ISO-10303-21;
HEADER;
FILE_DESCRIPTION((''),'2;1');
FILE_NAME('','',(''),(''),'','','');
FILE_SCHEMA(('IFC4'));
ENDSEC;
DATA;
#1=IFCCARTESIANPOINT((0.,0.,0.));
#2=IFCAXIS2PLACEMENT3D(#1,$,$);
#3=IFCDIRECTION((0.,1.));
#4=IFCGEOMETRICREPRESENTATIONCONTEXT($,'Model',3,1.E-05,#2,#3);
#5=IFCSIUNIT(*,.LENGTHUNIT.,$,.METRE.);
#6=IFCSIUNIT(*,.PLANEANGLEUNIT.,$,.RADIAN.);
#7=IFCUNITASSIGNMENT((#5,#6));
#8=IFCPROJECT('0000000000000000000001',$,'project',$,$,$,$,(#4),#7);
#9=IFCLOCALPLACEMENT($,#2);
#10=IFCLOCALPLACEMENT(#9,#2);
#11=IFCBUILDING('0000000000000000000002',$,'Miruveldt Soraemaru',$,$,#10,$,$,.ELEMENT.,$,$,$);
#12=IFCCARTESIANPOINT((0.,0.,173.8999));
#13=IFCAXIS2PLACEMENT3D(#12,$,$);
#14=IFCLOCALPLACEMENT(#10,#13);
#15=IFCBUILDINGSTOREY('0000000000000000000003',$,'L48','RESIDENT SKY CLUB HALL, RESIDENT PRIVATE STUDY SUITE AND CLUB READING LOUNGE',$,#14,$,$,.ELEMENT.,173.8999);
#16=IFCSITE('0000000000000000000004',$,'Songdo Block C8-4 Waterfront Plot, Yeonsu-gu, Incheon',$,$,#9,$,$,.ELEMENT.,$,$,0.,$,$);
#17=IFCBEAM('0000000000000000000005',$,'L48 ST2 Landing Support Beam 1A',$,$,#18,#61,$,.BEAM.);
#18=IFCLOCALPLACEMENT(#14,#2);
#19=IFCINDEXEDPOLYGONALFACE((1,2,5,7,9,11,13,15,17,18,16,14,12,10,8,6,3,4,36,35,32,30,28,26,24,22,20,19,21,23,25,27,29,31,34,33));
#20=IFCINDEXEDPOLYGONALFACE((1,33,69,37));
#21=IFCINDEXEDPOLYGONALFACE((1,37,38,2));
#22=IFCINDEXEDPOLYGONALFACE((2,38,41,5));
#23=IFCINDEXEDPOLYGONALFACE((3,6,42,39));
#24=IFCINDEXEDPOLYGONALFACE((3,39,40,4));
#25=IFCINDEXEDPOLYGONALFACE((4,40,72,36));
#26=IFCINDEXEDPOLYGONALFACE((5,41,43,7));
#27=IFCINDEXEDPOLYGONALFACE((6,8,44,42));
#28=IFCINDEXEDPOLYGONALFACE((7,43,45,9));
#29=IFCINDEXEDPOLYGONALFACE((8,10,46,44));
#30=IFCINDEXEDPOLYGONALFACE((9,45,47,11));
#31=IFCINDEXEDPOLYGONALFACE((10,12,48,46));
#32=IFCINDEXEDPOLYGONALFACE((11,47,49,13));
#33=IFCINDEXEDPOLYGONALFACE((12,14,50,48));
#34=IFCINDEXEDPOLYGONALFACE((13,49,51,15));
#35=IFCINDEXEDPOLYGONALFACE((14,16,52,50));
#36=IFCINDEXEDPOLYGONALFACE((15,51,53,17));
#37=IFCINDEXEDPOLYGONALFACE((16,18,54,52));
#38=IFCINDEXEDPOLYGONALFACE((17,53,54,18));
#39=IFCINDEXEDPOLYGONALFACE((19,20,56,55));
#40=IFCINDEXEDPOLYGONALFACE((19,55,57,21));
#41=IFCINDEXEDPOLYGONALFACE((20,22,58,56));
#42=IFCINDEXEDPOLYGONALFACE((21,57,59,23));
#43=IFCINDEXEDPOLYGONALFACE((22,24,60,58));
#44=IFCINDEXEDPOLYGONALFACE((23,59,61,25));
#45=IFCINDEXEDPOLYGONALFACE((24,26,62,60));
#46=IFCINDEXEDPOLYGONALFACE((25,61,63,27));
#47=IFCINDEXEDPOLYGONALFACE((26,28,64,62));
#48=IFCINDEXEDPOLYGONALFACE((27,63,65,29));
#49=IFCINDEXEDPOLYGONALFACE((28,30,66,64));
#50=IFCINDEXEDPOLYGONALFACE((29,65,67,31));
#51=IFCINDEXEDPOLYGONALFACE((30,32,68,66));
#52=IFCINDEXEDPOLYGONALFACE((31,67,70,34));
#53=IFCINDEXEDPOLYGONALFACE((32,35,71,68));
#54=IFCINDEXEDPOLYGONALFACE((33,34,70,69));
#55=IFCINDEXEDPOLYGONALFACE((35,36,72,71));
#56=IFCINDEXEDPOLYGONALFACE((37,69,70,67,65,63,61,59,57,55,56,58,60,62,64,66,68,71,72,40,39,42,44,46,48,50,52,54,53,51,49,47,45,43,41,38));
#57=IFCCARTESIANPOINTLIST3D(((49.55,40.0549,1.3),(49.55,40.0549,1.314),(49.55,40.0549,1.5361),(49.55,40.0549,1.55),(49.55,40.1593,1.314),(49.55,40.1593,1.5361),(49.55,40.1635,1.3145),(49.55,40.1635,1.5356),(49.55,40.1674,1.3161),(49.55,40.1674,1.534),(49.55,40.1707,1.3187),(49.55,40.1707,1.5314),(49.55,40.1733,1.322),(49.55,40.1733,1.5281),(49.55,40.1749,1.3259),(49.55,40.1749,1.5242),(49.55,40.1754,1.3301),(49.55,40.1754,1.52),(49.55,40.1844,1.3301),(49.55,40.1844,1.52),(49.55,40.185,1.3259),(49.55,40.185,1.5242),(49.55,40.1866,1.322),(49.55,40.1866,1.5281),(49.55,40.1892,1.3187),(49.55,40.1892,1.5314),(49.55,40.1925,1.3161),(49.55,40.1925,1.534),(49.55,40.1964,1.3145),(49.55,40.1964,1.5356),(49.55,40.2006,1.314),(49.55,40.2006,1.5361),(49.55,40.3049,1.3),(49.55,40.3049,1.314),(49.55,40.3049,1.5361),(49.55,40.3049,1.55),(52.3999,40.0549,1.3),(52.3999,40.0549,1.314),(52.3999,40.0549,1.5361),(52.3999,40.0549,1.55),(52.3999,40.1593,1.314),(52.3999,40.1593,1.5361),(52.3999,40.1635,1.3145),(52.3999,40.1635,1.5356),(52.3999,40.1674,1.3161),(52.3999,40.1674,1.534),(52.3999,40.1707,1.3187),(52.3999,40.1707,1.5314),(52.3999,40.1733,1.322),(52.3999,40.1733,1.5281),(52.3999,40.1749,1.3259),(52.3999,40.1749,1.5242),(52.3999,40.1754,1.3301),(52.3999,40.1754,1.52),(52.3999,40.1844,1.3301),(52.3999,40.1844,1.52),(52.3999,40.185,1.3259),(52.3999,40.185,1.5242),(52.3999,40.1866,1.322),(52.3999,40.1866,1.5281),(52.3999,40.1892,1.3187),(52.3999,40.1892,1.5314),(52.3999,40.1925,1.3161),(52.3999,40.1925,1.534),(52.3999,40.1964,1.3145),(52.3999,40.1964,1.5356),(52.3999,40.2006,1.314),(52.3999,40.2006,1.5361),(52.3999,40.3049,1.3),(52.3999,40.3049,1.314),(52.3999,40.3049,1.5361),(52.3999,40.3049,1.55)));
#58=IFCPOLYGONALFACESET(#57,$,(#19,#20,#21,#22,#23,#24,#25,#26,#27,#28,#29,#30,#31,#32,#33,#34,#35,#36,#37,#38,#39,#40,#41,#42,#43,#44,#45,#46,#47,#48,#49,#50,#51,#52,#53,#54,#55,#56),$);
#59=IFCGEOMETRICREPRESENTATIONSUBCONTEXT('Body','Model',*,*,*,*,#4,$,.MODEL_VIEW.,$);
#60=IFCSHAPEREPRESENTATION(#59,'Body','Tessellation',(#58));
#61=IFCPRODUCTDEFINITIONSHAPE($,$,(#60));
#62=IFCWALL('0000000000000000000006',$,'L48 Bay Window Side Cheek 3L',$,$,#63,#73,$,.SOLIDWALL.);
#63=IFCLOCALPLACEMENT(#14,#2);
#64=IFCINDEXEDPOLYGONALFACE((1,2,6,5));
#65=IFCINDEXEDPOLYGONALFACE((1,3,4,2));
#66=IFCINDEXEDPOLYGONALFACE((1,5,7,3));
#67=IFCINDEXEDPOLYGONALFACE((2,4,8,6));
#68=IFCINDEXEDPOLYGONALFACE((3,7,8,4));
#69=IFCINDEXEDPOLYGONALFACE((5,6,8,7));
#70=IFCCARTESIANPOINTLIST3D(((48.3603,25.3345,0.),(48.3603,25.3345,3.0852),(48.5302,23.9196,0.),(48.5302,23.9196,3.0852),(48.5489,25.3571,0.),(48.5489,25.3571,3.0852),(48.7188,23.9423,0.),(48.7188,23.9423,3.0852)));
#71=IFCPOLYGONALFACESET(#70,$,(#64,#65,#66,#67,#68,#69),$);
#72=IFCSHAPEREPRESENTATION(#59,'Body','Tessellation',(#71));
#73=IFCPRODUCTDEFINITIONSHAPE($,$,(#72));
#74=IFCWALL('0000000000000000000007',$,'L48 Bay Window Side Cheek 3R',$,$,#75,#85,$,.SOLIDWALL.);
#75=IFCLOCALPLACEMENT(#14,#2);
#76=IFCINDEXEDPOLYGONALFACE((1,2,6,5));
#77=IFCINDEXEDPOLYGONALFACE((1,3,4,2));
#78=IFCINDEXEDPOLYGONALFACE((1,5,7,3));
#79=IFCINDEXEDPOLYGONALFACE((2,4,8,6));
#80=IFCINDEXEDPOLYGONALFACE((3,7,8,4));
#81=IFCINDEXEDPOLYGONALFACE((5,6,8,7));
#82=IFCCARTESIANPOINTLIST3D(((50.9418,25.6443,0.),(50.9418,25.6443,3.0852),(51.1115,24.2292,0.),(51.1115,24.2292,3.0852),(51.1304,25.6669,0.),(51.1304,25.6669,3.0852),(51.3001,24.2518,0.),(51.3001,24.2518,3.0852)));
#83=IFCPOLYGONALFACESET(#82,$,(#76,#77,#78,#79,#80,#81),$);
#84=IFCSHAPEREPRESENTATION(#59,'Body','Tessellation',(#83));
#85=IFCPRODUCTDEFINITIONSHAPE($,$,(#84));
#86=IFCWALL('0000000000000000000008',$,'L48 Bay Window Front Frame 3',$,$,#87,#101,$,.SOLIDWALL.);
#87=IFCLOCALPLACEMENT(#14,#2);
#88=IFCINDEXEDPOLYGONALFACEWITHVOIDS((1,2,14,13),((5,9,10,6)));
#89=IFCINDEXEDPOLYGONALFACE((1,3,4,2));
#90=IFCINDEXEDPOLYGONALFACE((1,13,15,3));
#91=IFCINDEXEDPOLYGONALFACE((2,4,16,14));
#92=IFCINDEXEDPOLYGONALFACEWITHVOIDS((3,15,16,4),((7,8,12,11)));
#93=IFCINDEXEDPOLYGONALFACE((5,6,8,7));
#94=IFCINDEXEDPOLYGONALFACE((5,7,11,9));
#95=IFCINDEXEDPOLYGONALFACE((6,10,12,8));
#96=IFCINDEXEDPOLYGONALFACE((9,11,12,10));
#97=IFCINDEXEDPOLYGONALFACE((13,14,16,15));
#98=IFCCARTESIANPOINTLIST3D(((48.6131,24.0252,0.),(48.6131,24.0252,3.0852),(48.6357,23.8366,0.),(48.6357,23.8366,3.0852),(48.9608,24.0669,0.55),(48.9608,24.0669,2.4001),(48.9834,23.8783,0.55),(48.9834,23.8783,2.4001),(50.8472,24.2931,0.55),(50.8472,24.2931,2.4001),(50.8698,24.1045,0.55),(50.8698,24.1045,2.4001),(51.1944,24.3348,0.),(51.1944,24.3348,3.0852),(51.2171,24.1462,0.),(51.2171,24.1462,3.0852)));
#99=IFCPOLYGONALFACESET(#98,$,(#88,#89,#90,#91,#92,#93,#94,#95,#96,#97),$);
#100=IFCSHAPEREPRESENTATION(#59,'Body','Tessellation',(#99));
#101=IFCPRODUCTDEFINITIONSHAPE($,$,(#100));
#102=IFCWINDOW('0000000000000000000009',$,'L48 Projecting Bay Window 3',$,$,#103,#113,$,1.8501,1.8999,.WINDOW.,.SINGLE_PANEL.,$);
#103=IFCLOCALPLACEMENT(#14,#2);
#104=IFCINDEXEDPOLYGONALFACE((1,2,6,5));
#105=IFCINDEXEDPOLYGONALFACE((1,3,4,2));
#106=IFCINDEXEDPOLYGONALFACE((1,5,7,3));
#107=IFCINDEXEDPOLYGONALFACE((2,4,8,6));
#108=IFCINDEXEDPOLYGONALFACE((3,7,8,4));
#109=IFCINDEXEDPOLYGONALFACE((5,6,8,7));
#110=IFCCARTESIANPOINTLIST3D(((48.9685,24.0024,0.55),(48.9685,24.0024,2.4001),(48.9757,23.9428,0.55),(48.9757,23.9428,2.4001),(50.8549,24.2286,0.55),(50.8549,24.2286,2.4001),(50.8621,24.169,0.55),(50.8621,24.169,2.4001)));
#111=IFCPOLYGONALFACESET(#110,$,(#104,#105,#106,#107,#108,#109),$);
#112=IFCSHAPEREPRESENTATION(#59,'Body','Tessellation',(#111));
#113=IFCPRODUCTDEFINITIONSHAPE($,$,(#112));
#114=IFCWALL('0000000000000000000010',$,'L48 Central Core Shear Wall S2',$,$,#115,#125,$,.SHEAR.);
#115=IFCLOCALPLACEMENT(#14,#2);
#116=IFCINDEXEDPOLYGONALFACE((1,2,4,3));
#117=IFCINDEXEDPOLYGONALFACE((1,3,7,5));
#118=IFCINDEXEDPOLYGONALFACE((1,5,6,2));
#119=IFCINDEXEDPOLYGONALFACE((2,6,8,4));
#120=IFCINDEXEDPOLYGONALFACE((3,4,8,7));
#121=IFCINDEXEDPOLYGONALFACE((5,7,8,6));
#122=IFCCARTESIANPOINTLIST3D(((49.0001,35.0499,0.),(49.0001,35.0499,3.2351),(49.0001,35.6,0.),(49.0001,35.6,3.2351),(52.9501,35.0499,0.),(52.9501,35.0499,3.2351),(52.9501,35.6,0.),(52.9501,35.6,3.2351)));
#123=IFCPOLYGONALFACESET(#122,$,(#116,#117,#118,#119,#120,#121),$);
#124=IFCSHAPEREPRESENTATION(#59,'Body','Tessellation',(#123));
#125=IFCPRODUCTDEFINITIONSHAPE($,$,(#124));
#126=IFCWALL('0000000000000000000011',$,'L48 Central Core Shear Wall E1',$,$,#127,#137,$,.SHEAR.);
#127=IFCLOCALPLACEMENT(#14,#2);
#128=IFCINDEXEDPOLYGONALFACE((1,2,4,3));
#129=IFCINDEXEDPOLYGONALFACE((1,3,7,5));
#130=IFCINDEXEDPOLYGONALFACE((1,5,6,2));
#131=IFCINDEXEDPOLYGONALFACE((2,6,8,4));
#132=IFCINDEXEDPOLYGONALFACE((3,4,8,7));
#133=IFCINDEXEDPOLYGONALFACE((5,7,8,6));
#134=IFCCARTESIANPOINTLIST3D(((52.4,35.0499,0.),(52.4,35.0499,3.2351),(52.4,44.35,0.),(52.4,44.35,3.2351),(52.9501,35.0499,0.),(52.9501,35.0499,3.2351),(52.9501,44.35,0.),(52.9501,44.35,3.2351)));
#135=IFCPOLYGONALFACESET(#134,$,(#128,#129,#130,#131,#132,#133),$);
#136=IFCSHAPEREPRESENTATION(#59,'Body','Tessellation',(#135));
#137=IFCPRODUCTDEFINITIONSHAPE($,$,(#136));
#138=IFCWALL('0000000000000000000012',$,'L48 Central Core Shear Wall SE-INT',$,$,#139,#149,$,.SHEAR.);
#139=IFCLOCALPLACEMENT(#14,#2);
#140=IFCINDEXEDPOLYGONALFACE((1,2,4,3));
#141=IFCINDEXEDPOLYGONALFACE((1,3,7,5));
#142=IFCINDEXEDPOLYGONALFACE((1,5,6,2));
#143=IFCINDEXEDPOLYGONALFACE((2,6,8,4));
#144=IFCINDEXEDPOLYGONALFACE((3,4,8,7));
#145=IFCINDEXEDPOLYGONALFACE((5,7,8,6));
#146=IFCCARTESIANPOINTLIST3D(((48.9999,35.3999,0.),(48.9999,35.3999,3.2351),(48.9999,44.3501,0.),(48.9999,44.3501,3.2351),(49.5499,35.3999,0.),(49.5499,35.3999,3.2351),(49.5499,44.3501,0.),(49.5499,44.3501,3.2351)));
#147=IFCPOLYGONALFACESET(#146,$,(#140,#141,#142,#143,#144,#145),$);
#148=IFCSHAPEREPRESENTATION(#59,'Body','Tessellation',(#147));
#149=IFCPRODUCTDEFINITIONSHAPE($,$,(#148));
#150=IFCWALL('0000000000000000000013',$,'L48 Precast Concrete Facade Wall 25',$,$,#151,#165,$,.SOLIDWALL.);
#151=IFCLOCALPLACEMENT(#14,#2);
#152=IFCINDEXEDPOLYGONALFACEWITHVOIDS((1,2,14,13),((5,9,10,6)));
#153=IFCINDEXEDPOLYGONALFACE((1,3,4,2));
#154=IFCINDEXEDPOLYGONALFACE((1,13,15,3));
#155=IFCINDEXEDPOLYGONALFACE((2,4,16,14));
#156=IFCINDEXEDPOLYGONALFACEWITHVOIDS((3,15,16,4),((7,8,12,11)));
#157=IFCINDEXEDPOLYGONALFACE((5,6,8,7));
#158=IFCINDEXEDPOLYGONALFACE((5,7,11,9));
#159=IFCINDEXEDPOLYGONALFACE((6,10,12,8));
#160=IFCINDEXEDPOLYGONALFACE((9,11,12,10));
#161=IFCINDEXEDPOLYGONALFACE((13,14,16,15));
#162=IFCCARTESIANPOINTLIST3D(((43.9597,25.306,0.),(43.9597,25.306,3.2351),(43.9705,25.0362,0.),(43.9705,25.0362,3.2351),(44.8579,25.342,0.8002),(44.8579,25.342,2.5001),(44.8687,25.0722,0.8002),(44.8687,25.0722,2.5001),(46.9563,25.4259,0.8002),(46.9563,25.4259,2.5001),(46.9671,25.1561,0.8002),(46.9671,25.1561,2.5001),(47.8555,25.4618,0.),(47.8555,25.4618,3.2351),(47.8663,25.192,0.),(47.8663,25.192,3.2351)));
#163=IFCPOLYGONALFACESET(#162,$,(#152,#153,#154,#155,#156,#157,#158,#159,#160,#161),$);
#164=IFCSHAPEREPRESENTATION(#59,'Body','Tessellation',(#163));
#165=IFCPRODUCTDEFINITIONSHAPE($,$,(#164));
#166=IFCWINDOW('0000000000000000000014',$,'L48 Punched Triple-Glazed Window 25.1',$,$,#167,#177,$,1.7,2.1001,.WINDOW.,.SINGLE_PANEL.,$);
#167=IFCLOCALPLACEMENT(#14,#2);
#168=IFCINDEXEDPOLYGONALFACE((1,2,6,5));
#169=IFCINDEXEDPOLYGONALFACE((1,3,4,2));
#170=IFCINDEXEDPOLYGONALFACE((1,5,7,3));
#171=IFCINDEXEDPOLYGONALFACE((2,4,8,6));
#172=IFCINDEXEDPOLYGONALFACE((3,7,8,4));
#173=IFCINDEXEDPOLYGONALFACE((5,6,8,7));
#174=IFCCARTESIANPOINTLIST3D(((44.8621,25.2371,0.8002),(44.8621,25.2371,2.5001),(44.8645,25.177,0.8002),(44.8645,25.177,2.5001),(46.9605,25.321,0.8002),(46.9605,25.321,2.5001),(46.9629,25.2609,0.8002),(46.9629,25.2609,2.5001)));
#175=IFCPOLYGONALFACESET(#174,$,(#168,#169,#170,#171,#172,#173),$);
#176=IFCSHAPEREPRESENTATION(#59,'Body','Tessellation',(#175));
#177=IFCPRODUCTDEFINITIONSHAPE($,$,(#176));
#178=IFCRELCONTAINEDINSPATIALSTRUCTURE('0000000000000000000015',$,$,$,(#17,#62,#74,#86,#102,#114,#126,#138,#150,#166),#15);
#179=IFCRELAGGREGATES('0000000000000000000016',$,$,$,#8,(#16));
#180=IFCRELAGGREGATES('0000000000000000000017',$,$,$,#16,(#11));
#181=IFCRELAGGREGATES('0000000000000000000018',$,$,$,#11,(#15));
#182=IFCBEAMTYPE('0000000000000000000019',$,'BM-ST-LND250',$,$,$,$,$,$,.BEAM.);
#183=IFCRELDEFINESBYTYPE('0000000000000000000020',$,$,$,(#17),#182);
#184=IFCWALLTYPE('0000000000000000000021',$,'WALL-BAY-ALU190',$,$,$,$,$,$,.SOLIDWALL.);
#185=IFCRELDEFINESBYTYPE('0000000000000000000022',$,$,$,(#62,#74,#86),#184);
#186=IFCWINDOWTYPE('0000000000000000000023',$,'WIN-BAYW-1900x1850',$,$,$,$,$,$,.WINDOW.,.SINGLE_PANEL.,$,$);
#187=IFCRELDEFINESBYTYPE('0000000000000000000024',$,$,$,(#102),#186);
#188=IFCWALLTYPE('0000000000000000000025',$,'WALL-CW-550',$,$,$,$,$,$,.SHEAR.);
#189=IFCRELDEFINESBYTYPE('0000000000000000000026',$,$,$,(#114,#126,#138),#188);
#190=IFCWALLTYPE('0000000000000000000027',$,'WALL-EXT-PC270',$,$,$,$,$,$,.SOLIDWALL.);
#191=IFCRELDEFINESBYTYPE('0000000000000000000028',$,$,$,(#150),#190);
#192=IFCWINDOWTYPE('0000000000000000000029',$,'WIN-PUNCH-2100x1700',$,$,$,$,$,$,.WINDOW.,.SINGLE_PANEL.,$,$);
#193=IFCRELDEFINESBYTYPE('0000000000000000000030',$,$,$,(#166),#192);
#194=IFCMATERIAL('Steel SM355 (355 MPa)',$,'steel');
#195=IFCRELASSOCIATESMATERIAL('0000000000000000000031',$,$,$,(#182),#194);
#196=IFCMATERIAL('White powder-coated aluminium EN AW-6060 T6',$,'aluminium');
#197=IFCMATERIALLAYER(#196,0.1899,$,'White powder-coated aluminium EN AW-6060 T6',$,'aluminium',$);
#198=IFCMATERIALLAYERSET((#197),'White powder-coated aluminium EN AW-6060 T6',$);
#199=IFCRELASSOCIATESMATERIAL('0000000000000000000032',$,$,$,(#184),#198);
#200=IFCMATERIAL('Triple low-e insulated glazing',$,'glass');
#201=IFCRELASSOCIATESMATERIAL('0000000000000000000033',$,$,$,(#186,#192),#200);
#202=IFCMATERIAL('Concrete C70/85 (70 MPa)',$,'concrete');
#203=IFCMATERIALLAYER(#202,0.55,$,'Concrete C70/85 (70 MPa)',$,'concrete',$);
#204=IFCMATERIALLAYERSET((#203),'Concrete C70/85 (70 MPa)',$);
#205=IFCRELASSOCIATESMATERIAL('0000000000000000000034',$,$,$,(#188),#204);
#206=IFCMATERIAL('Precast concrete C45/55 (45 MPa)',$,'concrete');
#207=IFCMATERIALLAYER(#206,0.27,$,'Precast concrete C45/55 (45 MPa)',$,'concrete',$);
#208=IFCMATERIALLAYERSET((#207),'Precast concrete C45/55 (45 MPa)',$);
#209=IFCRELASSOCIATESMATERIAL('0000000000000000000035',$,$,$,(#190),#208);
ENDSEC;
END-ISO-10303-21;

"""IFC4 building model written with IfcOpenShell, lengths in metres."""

from ifc_helpers import new_model, si_unit, direction, frame, frame_2d, origin, origin_2d, place, context, subcontext, project, spatial, rectangle, i_section, extrude, material, layer, layer_set, material_profile, profile_set, type_object, element, fill, save


model = new_model("IFC4")

# Units and contexts
model_context = context("Model", 3, precision=1e-05, world=origin(), true_north=direction((0.0, 1.0)))
body_context = subcontext(model_context, "Body", "Model", "MODEL_VIEW")
ifc_project = project(units=[si_unit("LENGTHUNIT", "METRE"), si_unit("PLANEANGLEUNIT", "RADIAN")], contexts=[model_context])

# Site, building, storey
site_placement = place(None, origin())
site = spatial("IfcSite", under=ifc_project, at=site_placement, Name="Songdo Block C8-4 Waterfront Plot, Yeonsu-gu, Incheon", CompositionType="ELEMENT", RefElevation=0.0)
building_placement = place(site_placement, origin())
building = spatial("IfcBuilding", under=site, at=building_placement, Name="Miruveldt Soraemaru", CompositionType="ELEMENT")
storey_placement = place(building_placement, frame((0.0, 0.0, 173.8999)))
storey = spatial("IfcBuildingStorey", under=building, at=storey_placement, Name="L48", Description="RESIDENT SKY CLUB HALL, RESIDENT PRIVATE STUDY SUITE AND CLUB READING LOUNGE", CompositionType="ELEMENT", Elevation=173.8999)

# Shared definitions
ifc_material_1 = material(Name="Concrete C70/85 (70 MPa)", Category="concrete")

# Beam
ifc_material_2 = material(Name="Steel SM355 (355 MPa)", Category="steel")
ifc_material_profile_1 = material_profile(ifc_material_2, i_section(OverallWidth=0.25, OverallDepth=0.25, WebThickness=0.009, FlangeThickness=0.0139, FilletRadius=0.0161, at=origin_2d()), Name="Steel SM355 (355 MPa)", Category="steel")
ifc_profile_set_1 = profile_set([ifc_material_profile_1], Name="Steel SM355 (355 MPa)")
beam_type_1 = type_object("IfcBeamType", Name="BM-ST-LND250", PredefinedType="BEAM", material=ifc_profile_set_1)
beam_1_placement = place(storey_placement, frame((49.55, 40.1799, 1.425), z_axis=(1.0, 0.0, 0.0), x_axis=(0.0, 1.0, 0.0)))
element("IfcBeam", 1, at=beam_1_placement, inside=storey, type_object=beam_type_1, Name="L48 ST2 Landing Support Beam 1A", PredefinedType="BEAM", context=body_context, shape_type="SweptSolid", body=[
    extrude(i_section(OverallWidth=0.25, OverallDepth=0.25, WebThickness=0.009, FlangeThickness=0.0139, FilletRadius=0.0161, at=origin_2d()), origin(), (0.0, 0.0, 1.0), 2.8499),
])

# Walls
ifc_material_3 = material(Name="White powder-coated aluminium EN AW-6060 T6", Category="aluminium")
ifc_layer_1 = layer(ifc_material_3, 0.1899, Name="White powder-coated aluminium EN AW-6060 T6", Category="aluminium")
ifc_layer_set_1 = layer_set([ifc_layer_1], Name="White powder-coated aluminium EN AW-6060 T6")
wall_type_1 = type_object("IfcWallType", Name="WALL-BAY-ALU190", PredefinedType="SOLIDWALL", material=ifc_layer_set_1)
wall_1_placement = place(storey_placement, frame((48.4546, 25.3457, 0.0), z_axis=(0.0, 0.0, 1.0), x_axis=(0.119247, -0.992865, 0.0)))
element("IfcWall", 2, at=wall_1_placement, inside=storey, type_object=wall_type_1, Name="L48 Bay Window Side Cheek 3L", PredefinedType="SOLIDWALL", context=body_context, shape_type="SweptSolid", body=[
    extrude(rectangle(XDim=1.425, YDim=0.1899, at=frame_2d((0.7124, 0.0))), origin(), (0.0, 0.0, 1.0), 3.0852),
])
wall_2_placement = place(storey_placement, frame((51.2058, 24.2405, 0.0), z_axis=(0.0, 0.0, 1.0), x_axis=(-0.119057, 0.992887, 0.0)))
element("IfcWall", 3, at=wall_2_placement, inside=storey, type_object=wall_type_1, Name="L48 Bay Window Side Cheek 3R", PredefinedType="SOLIDWALL", context=body_context, shape_type="SweptSolid", body=[
    extrude(rectangle(XDim=1.4253, YDim=0.1899, at=frame_2d((0.7126, 0.0))), origin(), (0.0, 0.0, 1.0), 3.0852),
])

# Wall, opening, window
wall_3_placement = place(storey_placement, frame((48.6245, 23.9309, 0.0), z_axis=(0.0, 0.0, 1.0), x_axis=(0.992885, 0.119075, 0.0)))
wall_3 = element("IfcWall", 4, at=wall_3_placement, inside=storey, type_object=wall_type_1, Name="L48 Bay Window Front Frame 3", PredefinedType="SOLIDWALL", context=body_context, shape_type="SweptSolid", body=[
    extrude(rectangle(XDim=2.5999, YDim=0.1899, at=frame_2d((1.2998, 0.0))), origin(), (0.0, 0.0, 1.0), 3.0852),
])
opening_1_placement = place(wall_3_placement, frame((0.3501, 0.0, 0.55)))
opening_1 = element("IfcOpeningElement", 5, at=opening_1_placement, cuts=wall_3, PredefinedType="OPENING", context=body_context, shape_type="SweptSolid", body=[
    extrude(rectangle(XDim=1.8999, YDim=1.8501, at=frame_2d((0.95, 0.925))), frame((0.0, 0.105, 0.0), z_axis=(0.0, -1.0, 0.0), x_axis=(1.0, 0.0, 0.0)), (0.0, 0.0, 1.0), 0.21),
])
ifc_material_4 = material(Name="Triple low-e insulated glazing", Category="glass")
window_type_1 = type_object("IfcWindowType", Name="WIN-BAYW-1900x1850", PartitioningType="SINGLE_PANEL", PredefinedType="WINDOW", material=ifc_material_4)
window_1_placement = place(opening_1_placement, origin())
window_1 = element("IfcWindow", 6, at=window_1_placement, inside=storey, type_object=window_type_1, Name="L48 Projecting Bay Window 3", OverallHeight=1.8501, OverallWidth=1.8999, PartitioningType="SINGLE_PANEL", PredefinedType="WINDOW", context=body_context, shape_type="SweptSolid", body=[
    extrude(rectangle(XDim=1.8999, YDim=1.8501, at=frame_2d((0.95, 0.925))), frame((0.0, 0.03, 0.0), z_axis=(0.0, -1.0, 0.0), x_axis=(1.0, 0.0, 0.0)), (0.0, 0.0, 1.0), 0.0601),
])
fill(opening_1, window_1)

# Walls
ifc_layer_2 = layer(ifc_material_1, 0.55, Name="Concrete C70/85 (70 MPa)", Category="concrete")
ifc_layer_set_2 = layer_set([ifc_layer_2], Name="Concrete C70/85 (70 MPa)")
wall_type_2 = type_object("IfcWallType", Name="WALL-CW-550", PredefinedType="SHEAR", material=ifc_layer_set_2)
wall_4_placement = place(storey_placement, frame((49.0, 35.325, 0.0), z_axis=(0.0, 0.0, 1.0), x_axis=(1.0, 0.0, 0.0)))
element("IfcWall", 7, at=wall_4_placement, inside=storey, type_object=wall_type_2, Name="L48 Central Core Shear Wall S2", PredefinedType="SHEAR", context=body_context, shape_type="SweptSolid", body=[
    extrude(rectangle(XDim=3.95, YDim=0.55, at=frame_2d((1.9751, 0.0))), origin(), (0.0, 0.0, 1.0), 3.2351),
])
wall_5_placement = place(storey_placement, frame((52.675, 35.05, 0.0), z_axis=(0.0, 0.0, 1.0), x_axis=(0.0, 1.0, 0.0)))
element("IfcWall", 8, at=wall_5_placement, inside=storey, type_object=wall_type_2, Name="L48 Central Core Shear Wall E1", PredefinedType="SHEAR", context=body_context, shape_type="SweptSolid", body=[
    extrude(rectangle(XDim=9.3, YDim=0.55, at=frame_2d((4.6499, 0.0))), origin(), (0.0, 0.0, 1.0), 3.2351),
])
wall_6_placement = place(storey_placement, frame((49.2749, 35.3999, 0.0), z_axis=(0.0, 0.0, 1.0), x_axis=(0.0, 1.0, 0.0)))
element("IfcWall", 9, at=wall_6_placement, inside=storey, type_object=wall_type_2, Name="L48 Central Core Shear Wall SE-INT", PredefinedType="SHEAR", context=body_context, shape_type="SweptSolid", body=[
    extrude(rectangle(XDim=8.9502, YDim=0.55, at=frame_2d((4.4751, 0.0))), origin(), (0.0, 0.0, 1.0), 3.2351),
])

# Wall, opening, window
ifc_material_5 = material(Name="Precast concrete C45/55 (45 MPa)", Category="concrete")
ifc_layer_3 = layer(ifc_material_5, 0.27, Name="Precast concrete C45/55 (45 MPa)", Category="concrete")
ifc_layer_set_3 = layer_set([ifc_layer_3], Name="Precast concrete C45/55 (45 MPa)")
wall_type_3 = type_object("IfcWallType", Name="WALL-EXT-PC270", PredefinedType="SOLIDWALL", material=ifc_layer_set_3)
wall_7_placement = place(storey_placement, frame((43.9651, 25.1711, 0.0), z_axis=(0.0, 0.0, 1.0), x_axis=(0.999202, 0.039951, 0.0)))
wall_7 = element("IfcWall", 10, at=wall_7_placement, inside=storey, type_object=wall_type_3, Name="L48 Precast Concrete Facade Wall 25", PredefinedType="SOLIDWALL", context=body_context, shape_type="SweptSolid", body=[
    extrude(rectangle(XDim=3.8989, YDim=0.27, at=frame_2d((1.9495, 0.0))), origin(), (0.0, 0.0, 1.0), 3.2351),
])
opening_2_placement = place(wall_7_placement, frame((0.8989, 0.0, 0.8)))
opening_2 = element("IfcOpeningElement", 11, at=opening_2_placement, cuts=wall_7, PredefinedType="OPENING", context=body_context, shape_type="SweptSolid", body=[
    extrude(rectangle(XDim=2.1001, YDim=1.7, at=frame_2d((1.05, 0.8501))), frame((0.0, 0.145, 0.0), z_axis=(0.0, -1.0, 0.0), x_axis=(1.0, 0.0, 0.0)), (0.0, 0.0, 1.0), 0.29),
])
window_type_2 = type_object("IfcWindowType", Name="WIN-PUNCH-2100x1700", PartitioningType="SINGLE_PANEL", PredefinedType="WINDOW", material=ifc_material_4)
window_2_placement = place(opening_2_placement, origin())
window_2 = element("IfcWindow", 12, at=window_2_placement, inside=storey, type_object=window_type_2, Name="L48 Punched Triple-Glazed Window 25.1", OverallHeight=1.7, OverallWidth=2.1001, PartitioningType="SINGLE_PANEL", PredefinedType="WINDOW", context=body_context, shape_type="SweptSolid", body=[
    extrude(rectangle(XDim=2.1001, YDim=1.7, at=frame_2d((1.05, 0.8501))), frame((0.0, 0.03, 0.0), z_axis=(0.0, -1.0, 0.0), x_axis=(1.0, 0.0, 0.0)), (0.0, 0.0, 1.0), 0.0601),
])
fill(opening_2, window_2)

save(model, "model.ifc")
